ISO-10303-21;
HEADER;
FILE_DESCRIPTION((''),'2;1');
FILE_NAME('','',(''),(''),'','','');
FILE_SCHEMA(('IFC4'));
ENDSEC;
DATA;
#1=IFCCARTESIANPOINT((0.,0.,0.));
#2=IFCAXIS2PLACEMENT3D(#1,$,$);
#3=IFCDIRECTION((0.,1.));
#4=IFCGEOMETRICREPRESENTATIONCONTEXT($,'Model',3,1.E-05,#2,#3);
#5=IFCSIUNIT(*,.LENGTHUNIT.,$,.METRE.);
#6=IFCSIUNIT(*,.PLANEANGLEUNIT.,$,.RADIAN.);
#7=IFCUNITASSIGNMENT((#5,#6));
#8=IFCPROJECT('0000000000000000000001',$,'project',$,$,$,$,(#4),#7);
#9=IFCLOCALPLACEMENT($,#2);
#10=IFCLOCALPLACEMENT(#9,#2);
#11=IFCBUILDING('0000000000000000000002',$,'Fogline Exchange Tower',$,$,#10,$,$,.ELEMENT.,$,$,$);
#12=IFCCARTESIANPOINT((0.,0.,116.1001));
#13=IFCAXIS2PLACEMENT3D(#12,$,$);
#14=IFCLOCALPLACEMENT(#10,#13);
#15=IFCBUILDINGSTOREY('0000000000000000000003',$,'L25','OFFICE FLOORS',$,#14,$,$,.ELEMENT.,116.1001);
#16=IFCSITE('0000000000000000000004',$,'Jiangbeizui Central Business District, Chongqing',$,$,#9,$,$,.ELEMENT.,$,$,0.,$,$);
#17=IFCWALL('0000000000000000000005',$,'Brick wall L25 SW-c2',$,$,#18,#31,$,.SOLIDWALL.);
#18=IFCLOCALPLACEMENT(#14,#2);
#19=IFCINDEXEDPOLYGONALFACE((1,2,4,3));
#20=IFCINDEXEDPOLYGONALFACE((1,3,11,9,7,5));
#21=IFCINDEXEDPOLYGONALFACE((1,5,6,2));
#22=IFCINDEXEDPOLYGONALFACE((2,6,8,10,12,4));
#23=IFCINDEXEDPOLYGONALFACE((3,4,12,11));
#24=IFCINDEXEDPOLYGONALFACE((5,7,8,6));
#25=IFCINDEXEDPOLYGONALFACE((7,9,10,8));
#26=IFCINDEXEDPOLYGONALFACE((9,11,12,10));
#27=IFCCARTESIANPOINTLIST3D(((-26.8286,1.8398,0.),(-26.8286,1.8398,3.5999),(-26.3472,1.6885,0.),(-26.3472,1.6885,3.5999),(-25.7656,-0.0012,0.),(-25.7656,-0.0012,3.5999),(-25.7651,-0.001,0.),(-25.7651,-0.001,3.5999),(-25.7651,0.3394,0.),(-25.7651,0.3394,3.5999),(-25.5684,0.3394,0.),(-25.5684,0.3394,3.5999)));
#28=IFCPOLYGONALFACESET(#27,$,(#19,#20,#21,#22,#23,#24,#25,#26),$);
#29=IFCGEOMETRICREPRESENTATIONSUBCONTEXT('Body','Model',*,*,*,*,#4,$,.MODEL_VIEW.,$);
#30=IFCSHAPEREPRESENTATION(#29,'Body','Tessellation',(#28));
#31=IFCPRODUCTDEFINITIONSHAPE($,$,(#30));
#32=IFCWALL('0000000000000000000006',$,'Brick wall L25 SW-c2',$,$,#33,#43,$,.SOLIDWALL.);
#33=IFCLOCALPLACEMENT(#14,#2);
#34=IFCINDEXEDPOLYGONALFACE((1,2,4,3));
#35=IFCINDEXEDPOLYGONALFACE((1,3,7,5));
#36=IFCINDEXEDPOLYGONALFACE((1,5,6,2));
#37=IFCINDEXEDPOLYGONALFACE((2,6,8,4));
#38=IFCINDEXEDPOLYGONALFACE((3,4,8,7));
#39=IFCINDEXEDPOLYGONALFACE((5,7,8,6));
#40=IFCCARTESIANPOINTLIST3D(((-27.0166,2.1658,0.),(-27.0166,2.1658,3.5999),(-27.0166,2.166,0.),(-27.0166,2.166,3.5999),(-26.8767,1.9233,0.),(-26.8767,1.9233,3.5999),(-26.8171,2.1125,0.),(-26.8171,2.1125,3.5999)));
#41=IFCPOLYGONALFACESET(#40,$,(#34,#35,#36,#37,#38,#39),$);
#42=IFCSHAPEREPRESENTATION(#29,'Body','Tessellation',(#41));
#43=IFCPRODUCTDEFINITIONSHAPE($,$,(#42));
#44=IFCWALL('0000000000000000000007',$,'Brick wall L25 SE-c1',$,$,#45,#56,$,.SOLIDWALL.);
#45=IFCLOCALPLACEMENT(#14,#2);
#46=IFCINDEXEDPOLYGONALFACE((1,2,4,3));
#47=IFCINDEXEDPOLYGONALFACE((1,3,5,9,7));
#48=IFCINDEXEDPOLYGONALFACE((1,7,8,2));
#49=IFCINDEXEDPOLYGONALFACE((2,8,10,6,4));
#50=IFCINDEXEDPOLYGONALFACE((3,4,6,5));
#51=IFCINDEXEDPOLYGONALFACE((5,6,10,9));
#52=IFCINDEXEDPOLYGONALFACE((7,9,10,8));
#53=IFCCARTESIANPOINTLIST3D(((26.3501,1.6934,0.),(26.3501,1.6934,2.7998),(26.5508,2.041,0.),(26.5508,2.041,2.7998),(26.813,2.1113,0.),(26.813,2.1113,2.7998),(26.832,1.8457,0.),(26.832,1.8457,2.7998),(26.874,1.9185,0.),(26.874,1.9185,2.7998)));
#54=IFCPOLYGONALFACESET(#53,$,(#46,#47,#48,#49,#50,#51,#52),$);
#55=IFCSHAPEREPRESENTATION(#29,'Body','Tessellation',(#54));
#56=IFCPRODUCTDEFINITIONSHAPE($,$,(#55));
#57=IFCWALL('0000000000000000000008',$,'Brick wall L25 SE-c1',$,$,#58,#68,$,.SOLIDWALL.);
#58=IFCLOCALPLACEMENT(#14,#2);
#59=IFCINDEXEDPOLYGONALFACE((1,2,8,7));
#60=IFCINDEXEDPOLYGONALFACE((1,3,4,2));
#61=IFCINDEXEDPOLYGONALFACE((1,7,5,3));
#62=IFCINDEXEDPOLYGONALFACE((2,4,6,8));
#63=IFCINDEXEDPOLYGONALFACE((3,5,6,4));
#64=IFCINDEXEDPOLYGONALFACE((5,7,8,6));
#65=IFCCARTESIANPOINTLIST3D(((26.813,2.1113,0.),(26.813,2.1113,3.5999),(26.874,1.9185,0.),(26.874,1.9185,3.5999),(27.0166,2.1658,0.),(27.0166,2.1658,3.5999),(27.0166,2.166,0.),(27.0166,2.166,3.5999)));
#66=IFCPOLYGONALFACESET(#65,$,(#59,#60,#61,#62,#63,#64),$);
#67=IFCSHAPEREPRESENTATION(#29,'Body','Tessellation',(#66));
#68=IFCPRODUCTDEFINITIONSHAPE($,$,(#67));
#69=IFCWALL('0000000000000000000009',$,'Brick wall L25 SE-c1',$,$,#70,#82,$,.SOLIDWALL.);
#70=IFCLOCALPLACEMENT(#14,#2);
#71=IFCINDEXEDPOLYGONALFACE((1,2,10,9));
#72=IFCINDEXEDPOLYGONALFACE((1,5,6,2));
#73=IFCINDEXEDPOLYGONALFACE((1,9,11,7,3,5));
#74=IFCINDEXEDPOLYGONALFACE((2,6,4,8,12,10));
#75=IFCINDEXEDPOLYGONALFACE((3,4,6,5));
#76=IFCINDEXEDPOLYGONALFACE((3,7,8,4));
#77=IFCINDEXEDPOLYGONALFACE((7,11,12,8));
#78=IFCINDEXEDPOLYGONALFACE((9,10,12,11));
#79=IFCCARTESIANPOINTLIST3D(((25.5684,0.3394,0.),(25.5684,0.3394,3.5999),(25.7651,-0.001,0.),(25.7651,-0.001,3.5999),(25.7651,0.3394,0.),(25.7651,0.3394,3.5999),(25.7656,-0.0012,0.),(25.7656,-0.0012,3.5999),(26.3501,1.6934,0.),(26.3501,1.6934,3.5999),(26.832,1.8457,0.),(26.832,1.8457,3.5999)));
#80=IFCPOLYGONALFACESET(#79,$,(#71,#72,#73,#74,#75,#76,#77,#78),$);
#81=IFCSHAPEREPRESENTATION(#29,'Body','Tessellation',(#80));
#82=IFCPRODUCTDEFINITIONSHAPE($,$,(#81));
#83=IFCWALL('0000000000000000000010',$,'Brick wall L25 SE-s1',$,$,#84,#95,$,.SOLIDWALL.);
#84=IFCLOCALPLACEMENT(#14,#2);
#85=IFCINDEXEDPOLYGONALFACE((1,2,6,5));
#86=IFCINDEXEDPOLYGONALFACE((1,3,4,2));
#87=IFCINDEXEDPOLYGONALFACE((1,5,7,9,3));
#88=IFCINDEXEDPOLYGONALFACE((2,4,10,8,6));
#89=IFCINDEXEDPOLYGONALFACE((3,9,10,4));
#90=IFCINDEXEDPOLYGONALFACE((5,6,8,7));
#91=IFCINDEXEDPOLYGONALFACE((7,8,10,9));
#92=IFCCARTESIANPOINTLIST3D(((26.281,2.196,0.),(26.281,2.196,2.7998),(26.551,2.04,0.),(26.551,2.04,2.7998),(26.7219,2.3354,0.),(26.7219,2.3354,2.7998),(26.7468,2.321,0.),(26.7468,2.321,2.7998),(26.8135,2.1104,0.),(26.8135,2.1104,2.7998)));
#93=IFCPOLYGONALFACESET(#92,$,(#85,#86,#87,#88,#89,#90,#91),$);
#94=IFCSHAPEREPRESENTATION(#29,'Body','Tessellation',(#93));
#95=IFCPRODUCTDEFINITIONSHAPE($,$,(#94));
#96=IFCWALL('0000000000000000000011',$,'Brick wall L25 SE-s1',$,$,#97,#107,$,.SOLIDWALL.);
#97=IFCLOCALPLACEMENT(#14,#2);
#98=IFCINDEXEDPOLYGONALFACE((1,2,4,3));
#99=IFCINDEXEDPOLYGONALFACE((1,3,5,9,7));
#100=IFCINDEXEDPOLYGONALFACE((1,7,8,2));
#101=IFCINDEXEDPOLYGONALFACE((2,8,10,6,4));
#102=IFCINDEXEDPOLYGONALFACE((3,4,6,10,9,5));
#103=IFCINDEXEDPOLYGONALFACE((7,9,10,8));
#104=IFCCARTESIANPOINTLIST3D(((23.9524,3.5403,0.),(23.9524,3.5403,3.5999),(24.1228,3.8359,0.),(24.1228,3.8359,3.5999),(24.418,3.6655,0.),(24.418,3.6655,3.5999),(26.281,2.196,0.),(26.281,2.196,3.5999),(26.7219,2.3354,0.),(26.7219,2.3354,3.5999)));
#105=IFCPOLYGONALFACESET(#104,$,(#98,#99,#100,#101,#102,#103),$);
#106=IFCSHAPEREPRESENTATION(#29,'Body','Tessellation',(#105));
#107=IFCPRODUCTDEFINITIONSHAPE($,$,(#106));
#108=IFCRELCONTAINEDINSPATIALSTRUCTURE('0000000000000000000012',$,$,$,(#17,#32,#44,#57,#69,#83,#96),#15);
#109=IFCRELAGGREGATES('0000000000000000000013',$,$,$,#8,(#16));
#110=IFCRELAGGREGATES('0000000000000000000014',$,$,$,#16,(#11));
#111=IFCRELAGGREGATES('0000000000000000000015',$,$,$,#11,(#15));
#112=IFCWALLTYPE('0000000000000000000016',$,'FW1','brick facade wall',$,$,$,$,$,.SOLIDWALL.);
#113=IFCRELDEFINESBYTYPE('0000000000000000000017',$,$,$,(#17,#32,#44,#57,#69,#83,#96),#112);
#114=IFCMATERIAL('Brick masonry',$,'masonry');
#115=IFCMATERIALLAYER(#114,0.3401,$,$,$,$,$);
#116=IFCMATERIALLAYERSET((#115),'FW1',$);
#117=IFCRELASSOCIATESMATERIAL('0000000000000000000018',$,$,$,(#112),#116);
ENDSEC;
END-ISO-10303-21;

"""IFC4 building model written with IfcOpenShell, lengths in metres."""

from ifc_helpers import new_model, si_unit, direction, frame, origin, place, context, subcontext, project, spatial, polyline, outline, extrude, material, layer, layer_set, type_object, element, save


model = new_model("IFC4")

# Units and contexts
model_context = context("Model", 3, precision=1e-05, world=origin(), true_north=direction((0.0, 1.0)))
body_context = subcontext(model_context, "Body", "Model", "MODEL_VIEW")
ifc_project = project(units=[si_unit("LENGTHUNIT", "METRE"), si_unit("PLANEANGLEUNIT", "RADIAN")], contexts=[model_context])

# Site, building, storey
site_placement = place(None, origin())
site = spatial("IfcSite", under=ifc_project, at=site_placement, Name="Jiangbeizui Central Business District, Chongqing", CompositionType="ELEMENT", RefElevation=0.0)
building_placement = place(site_placement, origin())
building = spatial("IfcBuilding", under=site, at=building_placement, Name="Fogline Exchange Tower", CompositionType="ELEMENT")
storey_placement = place(building_placement, frame((0.0, 0.0, 116.1001)))
storey = spatial("IfcBuildingStorey", under=building, at=storey_placement, Name="L25", Description="OFFICE FLOORS", CompositionType="ELEMENT", Elevation=116.1001)

# Walls
ifc_material_1 = material(Name="Brick masonry", Category="masonry")
ifc_layer_1 = layer(ifc_material_1, 0.3401)
ifc_layer_set_1 = layer_set([ifc_layer_1], Name="FW1")
wall_type_1 = type_object("IfcWallType", Name="FW1", Description="brick facade wall", PredefinedType="SOLIDWALL", material=ifc_layer_set_1)
wall_1_placement = place(storey_placement, origin())
element("IfcWall", 1, at=wall_1_placement, inside=storey, type_object=wall_type_1, Name="Brick wall L25 SW-c2", PredefinedType="SOLIDWALL", context=body_context, shape_type="SweptSolid", body=[
    extrude(outline(polyline([(-25.7651, 0.3394), (-25.7651, -0.001), (-25.7656, -0.0012), (-26.8286, 1.8398), (-26.3472, 1.6885), (-25.5684, 0.3394), (-25.7651, 0.3394)])), origin(), (0.0, 0.0, 1.0), 3.5999),
])
wall_2_placement = place(storey_placement, origin())
element("IfcWall", 2, at=wall_2_placement, inside=storey, type_object=wall_type_1, Name="Brick wall L25 SW-c2", PredefinedType="SOLIDWALL", context=body_context, shape_type="SweptSolid", body=[
    extrude(outline(polyline([(-27.0166, 2.1658), (-27.0166, 2.166), (-26.8171, 2.1125), (-26.8767, 1.9233), (-27.0166, 2.1658)])), origin(), (0.0, 0.0, 1.0), 3.5999),
])
wall_3_placement = place(storey_placement, origin())
element("IfcWall", 3, at=wall_3_placement, inside=storey, type_object=wall_type_1, Name="Brick wall L25 SE-c1", PredefinedType="SOLIDWALL", context=body_context, shape_type="SweptSolid", body=[
    extrude(outline(polyline([(26.832, 1.8457), (26.3501, 1.6934), (26.5508, 2.041), (26.813, 2.1113), (26.874, 1.9185), (26.832, 1.8457)])), origin(), (0.0, 0.0, 1.0), 2.7998),
])
wall_4_placement = place(storey_placement, origin())
element("IfcWall", 4, at=wall_4_placement, inside=storey, type_object=wall_type_1, Name="Brick wall L25 SE-c1", PredefinedType="SOLIDWALL", context=body_context, shape_type="SweptSolid", body=[
    extrude(outline(polyline([(26.874, 1.9185), (26.813, 2.1113), (27.0166, 2.166), (27.0166, 2.1658), (26.874, 1.9185)])), origin(), (0.0, 0.0, 1.0), 3.5999),
])
wall_5_placement = place(storey_placement, origin())
element("IfcWall", 5, at=wall_5_placement, inside=storey, type_object=wall_type_1, Name="Brick wall L25 SE-c1", PredefinedType="SOLIDWALL", context=body_context, shape_type="SweptSolid", body=[
    extrude(outline(polyline([(25.7656, -0.0012), (25.7651, -0.001), (25.7651, 0.3394), (25.5684, 0.3394), (26.3501, 1.6934), (26.832, 1.8457), (25.7656, -0.0012)])), origin(), (0.0, 0.0, 1.0), 3.5999),
])
wall_6_placement = place(storey_placement, origin())
element("IfcWall", 6, at=wall_6_placement, inside=storey, type_object=wall_type_1, Name="Brick wall L25 SE-s1", PredefinedType="SOLIDWALL", context=body_context, shape_type="SweptSolid", body=[
    extrude(outline(polyline([(26.7468, 2.321), (26.8135, 2.1104), (26.551, 2.04), (26.281, 2.196), (26.7219, 2.3354), (26.7468, 2.321)])), origin(), (0.0, 0.0, 1.0), 2.7998),
])
wall_7_placement = place(storey_placement, origin())
element("IfcWall", 7, at=wall_7_placement, inside=storey, type_object=wall_type_1, Name="Brick wall L25 SE-s1", PredefinedType="SOLIDWALL", context=body_context, shape_type="SweptSolid", body=[
    extrude(outline(polyline([(24.1228, 3.8359), (24.418, 3.6655), (26.7219, 2.3354), (26.281, 2.196), (23.9524, 3.5403), (24.1228, 3.8359)])), origin(), (0.0, 0.0, 1.0), 3.5999),
])

save(model, "model.ifc")
